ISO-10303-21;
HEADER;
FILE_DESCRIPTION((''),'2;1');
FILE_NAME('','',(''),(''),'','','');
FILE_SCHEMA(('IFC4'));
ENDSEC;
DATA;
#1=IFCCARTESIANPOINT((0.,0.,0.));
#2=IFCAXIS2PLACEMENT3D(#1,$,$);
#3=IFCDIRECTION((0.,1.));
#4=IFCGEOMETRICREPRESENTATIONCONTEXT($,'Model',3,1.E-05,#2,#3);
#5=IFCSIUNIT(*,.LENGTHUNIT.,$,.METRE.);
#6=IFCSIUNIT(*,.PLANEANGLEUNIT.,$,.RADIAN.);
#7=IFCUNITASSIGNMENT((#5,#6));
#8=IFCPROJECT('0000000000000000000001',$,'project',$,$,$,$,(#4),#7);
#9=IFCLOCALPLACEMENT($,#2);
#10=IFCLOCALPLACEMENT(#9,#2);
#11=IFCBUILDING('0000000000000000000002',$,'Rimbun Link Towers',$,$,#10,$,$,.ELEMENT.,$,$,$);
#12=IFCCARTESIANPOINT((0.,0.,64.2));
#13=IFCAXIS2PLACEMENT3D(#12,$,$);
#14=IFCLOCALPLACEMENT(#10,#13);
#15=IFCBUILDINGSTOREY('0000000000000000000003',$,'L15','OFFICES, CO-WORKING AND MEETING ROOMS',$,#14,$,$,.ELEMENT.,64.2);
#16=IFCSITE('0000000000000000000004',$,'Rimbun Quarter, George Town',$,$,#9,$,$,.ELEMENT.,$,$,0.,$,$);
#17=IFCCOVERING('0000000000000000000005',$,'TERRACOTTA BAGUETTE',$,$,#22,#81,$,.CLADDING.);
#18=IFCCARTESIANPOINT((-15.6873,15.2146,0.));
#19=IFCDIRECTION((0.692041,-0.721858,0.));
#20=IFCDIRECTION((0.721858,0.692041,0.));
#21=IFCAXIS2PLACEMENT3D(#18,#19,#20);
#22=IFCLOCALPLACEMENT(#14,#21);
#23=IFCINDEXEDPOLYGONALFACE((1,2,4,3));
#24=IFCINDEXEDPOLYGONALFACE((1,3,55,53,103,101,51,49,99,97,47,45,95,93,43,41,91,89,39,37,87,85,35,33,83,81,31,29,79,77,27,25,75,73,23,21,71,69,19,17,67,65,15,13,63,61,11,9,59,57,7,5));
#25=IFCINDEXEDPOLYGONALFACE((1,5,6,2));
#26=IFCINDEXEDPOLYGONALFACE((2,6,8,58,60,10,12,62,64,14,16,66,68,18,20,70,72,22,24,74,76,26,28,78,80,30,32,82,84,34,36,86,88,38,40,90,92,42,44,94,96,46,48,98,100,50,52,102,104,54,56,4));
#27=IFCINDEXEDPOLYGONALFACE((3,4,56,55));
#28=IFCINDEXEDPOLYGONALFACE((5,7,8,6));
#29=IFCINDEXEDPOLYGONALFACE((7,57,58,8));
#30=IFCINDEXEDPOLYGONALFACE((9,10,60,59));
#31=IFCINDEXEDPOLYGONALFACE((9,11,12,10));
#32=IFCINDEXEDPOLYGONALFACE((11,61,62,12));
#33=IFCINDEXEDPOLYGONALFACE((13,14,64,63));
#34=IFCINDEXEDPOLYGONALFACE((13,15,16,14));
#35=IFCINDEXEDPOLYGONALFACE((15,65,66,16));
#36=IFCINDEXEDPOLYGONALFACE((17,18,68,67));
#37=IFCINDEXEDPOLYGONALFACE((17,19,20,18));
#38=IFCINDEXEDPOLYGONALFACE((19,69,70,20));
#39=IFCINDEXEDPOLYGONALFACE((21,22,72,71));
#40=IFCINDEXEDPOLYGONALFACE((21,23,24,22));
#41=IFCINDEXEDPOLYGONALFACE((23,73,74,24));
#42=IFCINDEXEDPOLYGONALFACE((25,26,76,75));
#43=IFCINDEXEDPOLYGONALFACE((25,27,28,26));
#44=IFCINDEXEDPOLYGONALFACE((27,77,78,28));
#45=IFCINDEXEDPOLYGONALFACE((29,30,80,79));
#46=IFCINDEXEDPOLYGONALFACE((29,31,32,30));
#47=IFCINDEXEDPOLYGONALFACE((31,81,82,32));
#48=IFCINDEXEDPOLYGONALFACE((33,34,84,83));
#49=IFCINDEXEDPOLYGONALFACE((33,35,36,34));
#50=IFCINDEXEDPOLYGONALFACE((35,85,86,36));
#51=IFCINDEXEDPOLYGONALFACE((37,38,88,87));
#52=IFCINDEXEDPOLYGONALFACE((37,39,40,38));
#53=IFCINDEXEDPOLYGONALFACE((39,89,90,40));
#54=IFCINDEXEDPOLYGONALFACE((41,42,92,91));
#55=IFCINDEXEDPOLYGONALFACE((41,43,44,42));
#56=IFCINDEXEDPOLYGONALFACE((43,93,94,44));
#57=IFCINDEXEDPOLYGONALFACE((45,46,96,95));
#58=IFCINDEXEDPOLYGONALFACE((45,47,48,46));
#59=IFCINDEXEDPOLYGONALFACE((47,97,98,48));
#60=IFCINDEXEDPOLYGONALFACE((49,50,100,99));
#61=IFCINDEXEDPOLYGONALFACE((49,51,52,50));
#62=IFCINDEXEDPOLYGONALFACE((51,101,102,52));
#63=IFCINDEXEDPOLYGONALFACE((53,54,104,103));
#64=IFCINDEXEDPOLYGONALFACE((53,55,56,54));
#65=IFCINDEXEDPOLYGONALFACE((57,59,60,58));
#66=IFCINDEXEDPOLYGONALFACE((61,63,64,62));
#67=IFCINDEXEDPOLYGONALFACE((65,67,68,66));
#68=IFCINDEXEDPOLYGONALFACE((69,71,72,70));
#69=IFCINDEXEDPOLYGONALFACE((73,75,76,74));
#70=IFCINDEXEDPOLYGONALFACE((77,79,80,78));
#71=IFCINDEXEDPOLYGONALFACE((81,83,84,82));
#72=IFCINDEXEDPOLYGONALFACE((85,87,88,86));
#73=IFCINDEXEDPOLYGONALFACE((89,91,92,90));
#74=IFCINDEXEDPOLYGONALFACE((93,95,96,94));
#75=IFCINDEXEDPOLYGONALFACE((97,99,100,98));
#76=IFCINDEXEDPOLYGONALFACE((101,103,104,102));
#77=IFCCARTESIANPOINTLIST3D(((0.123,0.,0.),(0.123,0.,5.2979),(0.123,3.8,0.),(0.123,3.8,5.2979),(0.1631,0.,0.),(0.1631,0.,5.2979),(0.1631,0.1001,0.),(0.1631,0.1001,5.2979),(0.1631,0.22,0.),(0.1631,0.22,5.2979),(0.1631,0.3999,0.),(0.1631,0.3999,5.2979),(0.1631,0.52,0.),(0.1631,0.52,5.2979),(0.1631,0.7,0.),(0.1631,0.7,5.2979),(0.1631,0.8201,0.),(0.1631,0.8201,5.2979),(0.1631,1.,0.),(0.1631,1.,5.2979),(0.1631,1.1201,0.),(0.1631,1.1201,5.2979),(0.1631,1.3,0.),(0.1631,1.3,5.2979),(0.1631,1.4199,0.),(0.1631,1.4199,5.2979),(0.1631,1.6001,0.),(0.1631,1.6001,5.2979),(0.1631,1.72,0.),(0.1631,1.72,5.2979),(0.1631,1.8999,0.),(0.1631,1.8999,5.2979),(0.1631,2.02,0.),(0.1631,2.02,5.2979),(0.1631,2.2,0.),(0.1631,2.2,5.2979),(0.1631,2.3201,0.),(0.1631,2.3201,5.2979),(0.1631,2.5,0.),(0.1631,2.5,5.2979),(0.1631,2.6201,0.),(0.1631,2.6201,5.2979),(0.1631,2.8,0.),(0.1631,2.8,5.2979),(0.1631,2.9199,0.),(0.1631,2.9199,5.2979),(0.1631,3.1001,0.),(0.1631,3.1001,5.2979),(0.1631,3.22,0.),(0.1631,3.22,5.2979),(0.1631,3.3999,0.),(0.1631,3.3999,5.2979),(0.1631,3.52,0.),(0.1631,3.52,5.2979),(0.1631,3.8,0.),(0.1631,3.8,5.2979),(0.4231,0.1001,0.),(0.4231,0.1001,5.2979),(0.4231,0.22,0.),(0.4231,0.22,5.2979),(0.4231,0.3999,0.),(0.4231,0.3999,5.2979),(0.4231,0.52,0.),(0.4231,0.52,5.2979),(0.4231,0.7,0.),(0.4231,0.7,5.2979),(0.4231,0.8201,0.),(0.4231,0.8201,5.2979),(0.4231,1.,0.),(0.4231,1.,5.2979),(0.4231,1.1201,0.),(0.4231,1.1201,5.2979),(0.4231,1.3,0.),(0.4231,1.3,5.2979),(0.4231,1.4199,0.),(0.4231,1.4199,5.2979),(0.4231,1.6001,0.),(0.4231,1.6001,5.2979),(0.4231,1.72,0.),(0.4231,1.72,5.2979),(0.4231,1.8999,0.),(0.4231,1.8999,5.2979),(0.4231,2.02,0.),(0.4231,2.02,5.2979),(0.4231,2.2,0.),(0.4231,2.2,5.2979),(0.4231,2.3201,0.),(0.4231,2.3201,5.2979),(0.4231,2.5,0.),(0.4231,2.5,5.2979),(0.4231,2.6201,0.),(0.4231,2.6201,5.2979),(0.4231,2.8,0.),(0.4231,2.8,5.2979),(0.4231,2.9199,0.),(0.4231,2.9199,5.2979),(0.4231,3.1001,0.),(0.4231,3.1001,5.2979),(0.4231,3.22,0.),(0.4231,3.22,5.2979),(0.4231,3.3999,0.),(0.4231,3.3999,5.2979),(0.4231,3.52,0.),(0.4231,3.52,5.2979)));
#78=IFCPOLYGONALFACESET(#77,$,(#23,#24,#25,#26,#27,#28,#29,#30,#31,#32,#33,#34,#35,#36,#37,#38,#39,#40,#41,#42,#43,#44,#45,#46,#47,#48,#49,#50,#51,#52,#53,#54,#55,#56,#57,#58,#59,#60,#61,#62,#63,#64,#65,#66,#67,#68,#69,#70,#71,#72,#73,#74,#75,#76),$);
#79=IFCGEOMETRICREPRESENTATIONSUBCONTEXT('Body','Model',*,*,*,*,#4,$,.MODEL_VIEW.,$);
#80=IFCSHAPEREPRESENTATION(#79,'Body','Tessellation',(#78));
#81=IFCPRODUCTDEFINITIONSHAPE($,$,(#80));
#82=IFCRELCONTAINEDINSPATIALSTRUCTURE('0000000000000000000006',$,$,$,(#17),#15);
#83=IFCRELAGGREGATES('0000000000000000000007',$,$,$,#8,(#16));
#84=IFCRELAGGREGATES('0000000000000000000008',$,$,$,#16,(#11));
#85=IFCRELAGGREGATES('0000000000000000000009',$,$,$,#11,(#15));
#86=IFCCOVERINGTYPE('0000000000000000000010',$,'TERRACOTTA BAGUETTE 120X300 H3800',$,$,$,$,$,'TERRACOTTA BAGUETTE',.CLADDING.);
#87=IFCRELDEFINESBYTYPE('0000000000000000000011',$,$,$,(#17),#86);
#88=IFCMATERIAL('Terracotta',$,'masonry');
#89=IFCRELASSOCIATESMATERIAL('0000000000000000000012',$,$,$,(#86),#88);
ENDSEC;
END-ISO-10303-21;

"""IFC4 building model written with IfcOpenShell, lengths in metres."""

from ifc_helpers import new_model, si_unit, direction, frame, origin, place, context, subcontext, project, spatial, polyline, outline, extrude, material, material_profile, profile_set, type_object, element, save


model = new_model("IFC4")

# Units and contexts
model_context = context("Model", 3, precision=1e-05, world=origin(), true_north=direction((0.0, 1.0)))
body_context = subcontext(model_context, "Body", "Model", "MODEL_VIEW")
ifc_project = project(units=[si_unit("LENGTHUNIT", "METRE"), si_unit("PLANEANGLEUNIT", "RADIAN")], contexts=[model_context])

# Site, building, storey
site_placement = place(None, origin())
site = spatial("IfcSite", under=ifc_project, at=site_placement, Name="Rimbun Quarter, George Town", CompositionType="ELEMENT", RefElevation=0.0)
building_placement = place(site_placement, origin())
building = spatial("IfcBuilding", under=site, at=building_placement, Name="Rimbun Link Towers", CompositionType="ELEMENT")
storey_placement = place(building_placement, frame((0.0, 0.0, 64.2)))
storey = spatial("IfcBuildingStorey", under=building, at=storey_placement, Name="L15", Description="OFFICES, CO-WORKING AND MEETING ROOMS", CompositionType="ELEMENT", Elevation=64.2)

# Covering
ifc_material_1 = material(Name="Terracotta", Category="masonry")
ifc_material_profile_1 = material_profile(ifc_material_1, outline(polyline([(0.123, 0.0), (0.1631, 0.0), (0.1631, 0.1001), (0.4231, 0.1001), (0.4231, 0.22), (0.1631, 0.22), (0.1631, 0.3999), (0.4231, 0.3999), (0.4231, 0.52), (0.1631, 0.52), (0.1631, 0.7), (0.4231, 0.7), (0.4231, 0.8201), (0.1631, 0.8201), (0.1631, 1.0), (0.4231, 1.0), (0.4231, 1.1201), (0.1631, 1.1201), (0.1631, 1.3), (0.4231, 1.3), (0.4231, 1.4199), (0.1631, 1.4199), (0.1631, 1.6001), (0.4231, 1.6001), (0.4231, 1.72), (0.1631, 1.72), (0.1631, 1.8999), (0.4231, 1.8999), (0.4231, 2.02), (0.1631, 2.02), (0.1631, 2.2), (0.4231, 2.2), (0.4231, 2.3201), (0.1631, 2.3201), (0.1631, 2.5), (0.4231, 2.5), (0.4231, 2.6201), (0.1631, 2.6201), (0.1631, 2.8), (0.4231, 2.8), (0.4231, 2.9199), (0.1631, 2.9199), (0.1631, 3.1001), (0.4231, 3.1001), (0.4231, 3.22), (0.1631, 3.22), (0.1631, 3.3999), (0.4231, 3.3999), (0.4231, 3.52), (0.1631, 3.52), (0.1631, 3.8), (0.123, 3.8), (0.123, 0.0)])), Name="BAGUETTE 120X300")
ifc_profile_set_1 = profile_set([ifc_material_profile_1], Name="Terracotta")
covering_type = type_object("IfcCoveringType", Name="TERRACOTTA BAGUETTE 120X300 H3800", ElementType="TERRACOTTA BAGUETTE", PredefinedType="CLADDING", material=ifc_profile_set_1)
covering_placement = place(storey_placement, frame((-15.6873, 15.2146, 0.0), z_axis=(0.692041, -0.721858, 0.0), x_axis=(0.721858, 0.692041, 0.0)))
element("IfcCovering", 1, at=covering_placement, inside=storey, type_object=covering_type, Name="TERRACOTTA BAGUETTE", PredefinedType="CLADDING", context=body_context, shape_type="SweptSolid", body=[
    extrude(outline(polyline([(0.123, 0.0), (0.1631, 0.0), (0.1631, 0.1001), (0.4231, 0.1001), (0.4231, 0.22), (0.1631, 0.22), (0.1631, 0.3999), (0.4231, 0.3999), (0.4231, 0.52), (0.1631, 0.52), (0.1631, 0.7), (0.4231, 0.7), (0.4231, 0.8201), (0.1631, 0.8201), (0.1631, 1.0), (0.4231, 1.0), (0.4231, 1.1201), (0.1631, 1.1201), (0.1631, 1.3), (0.4231, 1.3), (0.4231, 1.4199), (0.1631, 1.4199), (0.1631, 1.6001), (0.4231, 1.6001), (0.4231, 1.72), (0.1631, 1.72), (0.1631, 1.8999), (0.4231, 1.8999), (0.4231, 2.02), (0.1631, 2.02), (0.1631, 2.2), (0.4231, 2.2), (0.4231, 2.3201), (0.1631, 2.3201), (0.1631, 2.5), (0.4231, 2.5), (0.4231, 2.6201), (0.1631, 2.6201), (0.1631, 2.8), (0.4231, 2.8), (0.4231, 2.9199), (0.1631, 2.9199), (0.1631, 3.1001), (0.4231, 3.1001), (0.4231, 3.22), (0.1631, 3.22), (0.1631, 3.3999), (0.4231, 3.3999), (0.4231, 3.52), (0.1631, 3.52), (0.1631, 3.8), (0.123, 3.8), (0.123, 0.0)])), origin(), (0.0, 0.0, 1.0), 5.2979),
])

save(model, "model.ifc")
